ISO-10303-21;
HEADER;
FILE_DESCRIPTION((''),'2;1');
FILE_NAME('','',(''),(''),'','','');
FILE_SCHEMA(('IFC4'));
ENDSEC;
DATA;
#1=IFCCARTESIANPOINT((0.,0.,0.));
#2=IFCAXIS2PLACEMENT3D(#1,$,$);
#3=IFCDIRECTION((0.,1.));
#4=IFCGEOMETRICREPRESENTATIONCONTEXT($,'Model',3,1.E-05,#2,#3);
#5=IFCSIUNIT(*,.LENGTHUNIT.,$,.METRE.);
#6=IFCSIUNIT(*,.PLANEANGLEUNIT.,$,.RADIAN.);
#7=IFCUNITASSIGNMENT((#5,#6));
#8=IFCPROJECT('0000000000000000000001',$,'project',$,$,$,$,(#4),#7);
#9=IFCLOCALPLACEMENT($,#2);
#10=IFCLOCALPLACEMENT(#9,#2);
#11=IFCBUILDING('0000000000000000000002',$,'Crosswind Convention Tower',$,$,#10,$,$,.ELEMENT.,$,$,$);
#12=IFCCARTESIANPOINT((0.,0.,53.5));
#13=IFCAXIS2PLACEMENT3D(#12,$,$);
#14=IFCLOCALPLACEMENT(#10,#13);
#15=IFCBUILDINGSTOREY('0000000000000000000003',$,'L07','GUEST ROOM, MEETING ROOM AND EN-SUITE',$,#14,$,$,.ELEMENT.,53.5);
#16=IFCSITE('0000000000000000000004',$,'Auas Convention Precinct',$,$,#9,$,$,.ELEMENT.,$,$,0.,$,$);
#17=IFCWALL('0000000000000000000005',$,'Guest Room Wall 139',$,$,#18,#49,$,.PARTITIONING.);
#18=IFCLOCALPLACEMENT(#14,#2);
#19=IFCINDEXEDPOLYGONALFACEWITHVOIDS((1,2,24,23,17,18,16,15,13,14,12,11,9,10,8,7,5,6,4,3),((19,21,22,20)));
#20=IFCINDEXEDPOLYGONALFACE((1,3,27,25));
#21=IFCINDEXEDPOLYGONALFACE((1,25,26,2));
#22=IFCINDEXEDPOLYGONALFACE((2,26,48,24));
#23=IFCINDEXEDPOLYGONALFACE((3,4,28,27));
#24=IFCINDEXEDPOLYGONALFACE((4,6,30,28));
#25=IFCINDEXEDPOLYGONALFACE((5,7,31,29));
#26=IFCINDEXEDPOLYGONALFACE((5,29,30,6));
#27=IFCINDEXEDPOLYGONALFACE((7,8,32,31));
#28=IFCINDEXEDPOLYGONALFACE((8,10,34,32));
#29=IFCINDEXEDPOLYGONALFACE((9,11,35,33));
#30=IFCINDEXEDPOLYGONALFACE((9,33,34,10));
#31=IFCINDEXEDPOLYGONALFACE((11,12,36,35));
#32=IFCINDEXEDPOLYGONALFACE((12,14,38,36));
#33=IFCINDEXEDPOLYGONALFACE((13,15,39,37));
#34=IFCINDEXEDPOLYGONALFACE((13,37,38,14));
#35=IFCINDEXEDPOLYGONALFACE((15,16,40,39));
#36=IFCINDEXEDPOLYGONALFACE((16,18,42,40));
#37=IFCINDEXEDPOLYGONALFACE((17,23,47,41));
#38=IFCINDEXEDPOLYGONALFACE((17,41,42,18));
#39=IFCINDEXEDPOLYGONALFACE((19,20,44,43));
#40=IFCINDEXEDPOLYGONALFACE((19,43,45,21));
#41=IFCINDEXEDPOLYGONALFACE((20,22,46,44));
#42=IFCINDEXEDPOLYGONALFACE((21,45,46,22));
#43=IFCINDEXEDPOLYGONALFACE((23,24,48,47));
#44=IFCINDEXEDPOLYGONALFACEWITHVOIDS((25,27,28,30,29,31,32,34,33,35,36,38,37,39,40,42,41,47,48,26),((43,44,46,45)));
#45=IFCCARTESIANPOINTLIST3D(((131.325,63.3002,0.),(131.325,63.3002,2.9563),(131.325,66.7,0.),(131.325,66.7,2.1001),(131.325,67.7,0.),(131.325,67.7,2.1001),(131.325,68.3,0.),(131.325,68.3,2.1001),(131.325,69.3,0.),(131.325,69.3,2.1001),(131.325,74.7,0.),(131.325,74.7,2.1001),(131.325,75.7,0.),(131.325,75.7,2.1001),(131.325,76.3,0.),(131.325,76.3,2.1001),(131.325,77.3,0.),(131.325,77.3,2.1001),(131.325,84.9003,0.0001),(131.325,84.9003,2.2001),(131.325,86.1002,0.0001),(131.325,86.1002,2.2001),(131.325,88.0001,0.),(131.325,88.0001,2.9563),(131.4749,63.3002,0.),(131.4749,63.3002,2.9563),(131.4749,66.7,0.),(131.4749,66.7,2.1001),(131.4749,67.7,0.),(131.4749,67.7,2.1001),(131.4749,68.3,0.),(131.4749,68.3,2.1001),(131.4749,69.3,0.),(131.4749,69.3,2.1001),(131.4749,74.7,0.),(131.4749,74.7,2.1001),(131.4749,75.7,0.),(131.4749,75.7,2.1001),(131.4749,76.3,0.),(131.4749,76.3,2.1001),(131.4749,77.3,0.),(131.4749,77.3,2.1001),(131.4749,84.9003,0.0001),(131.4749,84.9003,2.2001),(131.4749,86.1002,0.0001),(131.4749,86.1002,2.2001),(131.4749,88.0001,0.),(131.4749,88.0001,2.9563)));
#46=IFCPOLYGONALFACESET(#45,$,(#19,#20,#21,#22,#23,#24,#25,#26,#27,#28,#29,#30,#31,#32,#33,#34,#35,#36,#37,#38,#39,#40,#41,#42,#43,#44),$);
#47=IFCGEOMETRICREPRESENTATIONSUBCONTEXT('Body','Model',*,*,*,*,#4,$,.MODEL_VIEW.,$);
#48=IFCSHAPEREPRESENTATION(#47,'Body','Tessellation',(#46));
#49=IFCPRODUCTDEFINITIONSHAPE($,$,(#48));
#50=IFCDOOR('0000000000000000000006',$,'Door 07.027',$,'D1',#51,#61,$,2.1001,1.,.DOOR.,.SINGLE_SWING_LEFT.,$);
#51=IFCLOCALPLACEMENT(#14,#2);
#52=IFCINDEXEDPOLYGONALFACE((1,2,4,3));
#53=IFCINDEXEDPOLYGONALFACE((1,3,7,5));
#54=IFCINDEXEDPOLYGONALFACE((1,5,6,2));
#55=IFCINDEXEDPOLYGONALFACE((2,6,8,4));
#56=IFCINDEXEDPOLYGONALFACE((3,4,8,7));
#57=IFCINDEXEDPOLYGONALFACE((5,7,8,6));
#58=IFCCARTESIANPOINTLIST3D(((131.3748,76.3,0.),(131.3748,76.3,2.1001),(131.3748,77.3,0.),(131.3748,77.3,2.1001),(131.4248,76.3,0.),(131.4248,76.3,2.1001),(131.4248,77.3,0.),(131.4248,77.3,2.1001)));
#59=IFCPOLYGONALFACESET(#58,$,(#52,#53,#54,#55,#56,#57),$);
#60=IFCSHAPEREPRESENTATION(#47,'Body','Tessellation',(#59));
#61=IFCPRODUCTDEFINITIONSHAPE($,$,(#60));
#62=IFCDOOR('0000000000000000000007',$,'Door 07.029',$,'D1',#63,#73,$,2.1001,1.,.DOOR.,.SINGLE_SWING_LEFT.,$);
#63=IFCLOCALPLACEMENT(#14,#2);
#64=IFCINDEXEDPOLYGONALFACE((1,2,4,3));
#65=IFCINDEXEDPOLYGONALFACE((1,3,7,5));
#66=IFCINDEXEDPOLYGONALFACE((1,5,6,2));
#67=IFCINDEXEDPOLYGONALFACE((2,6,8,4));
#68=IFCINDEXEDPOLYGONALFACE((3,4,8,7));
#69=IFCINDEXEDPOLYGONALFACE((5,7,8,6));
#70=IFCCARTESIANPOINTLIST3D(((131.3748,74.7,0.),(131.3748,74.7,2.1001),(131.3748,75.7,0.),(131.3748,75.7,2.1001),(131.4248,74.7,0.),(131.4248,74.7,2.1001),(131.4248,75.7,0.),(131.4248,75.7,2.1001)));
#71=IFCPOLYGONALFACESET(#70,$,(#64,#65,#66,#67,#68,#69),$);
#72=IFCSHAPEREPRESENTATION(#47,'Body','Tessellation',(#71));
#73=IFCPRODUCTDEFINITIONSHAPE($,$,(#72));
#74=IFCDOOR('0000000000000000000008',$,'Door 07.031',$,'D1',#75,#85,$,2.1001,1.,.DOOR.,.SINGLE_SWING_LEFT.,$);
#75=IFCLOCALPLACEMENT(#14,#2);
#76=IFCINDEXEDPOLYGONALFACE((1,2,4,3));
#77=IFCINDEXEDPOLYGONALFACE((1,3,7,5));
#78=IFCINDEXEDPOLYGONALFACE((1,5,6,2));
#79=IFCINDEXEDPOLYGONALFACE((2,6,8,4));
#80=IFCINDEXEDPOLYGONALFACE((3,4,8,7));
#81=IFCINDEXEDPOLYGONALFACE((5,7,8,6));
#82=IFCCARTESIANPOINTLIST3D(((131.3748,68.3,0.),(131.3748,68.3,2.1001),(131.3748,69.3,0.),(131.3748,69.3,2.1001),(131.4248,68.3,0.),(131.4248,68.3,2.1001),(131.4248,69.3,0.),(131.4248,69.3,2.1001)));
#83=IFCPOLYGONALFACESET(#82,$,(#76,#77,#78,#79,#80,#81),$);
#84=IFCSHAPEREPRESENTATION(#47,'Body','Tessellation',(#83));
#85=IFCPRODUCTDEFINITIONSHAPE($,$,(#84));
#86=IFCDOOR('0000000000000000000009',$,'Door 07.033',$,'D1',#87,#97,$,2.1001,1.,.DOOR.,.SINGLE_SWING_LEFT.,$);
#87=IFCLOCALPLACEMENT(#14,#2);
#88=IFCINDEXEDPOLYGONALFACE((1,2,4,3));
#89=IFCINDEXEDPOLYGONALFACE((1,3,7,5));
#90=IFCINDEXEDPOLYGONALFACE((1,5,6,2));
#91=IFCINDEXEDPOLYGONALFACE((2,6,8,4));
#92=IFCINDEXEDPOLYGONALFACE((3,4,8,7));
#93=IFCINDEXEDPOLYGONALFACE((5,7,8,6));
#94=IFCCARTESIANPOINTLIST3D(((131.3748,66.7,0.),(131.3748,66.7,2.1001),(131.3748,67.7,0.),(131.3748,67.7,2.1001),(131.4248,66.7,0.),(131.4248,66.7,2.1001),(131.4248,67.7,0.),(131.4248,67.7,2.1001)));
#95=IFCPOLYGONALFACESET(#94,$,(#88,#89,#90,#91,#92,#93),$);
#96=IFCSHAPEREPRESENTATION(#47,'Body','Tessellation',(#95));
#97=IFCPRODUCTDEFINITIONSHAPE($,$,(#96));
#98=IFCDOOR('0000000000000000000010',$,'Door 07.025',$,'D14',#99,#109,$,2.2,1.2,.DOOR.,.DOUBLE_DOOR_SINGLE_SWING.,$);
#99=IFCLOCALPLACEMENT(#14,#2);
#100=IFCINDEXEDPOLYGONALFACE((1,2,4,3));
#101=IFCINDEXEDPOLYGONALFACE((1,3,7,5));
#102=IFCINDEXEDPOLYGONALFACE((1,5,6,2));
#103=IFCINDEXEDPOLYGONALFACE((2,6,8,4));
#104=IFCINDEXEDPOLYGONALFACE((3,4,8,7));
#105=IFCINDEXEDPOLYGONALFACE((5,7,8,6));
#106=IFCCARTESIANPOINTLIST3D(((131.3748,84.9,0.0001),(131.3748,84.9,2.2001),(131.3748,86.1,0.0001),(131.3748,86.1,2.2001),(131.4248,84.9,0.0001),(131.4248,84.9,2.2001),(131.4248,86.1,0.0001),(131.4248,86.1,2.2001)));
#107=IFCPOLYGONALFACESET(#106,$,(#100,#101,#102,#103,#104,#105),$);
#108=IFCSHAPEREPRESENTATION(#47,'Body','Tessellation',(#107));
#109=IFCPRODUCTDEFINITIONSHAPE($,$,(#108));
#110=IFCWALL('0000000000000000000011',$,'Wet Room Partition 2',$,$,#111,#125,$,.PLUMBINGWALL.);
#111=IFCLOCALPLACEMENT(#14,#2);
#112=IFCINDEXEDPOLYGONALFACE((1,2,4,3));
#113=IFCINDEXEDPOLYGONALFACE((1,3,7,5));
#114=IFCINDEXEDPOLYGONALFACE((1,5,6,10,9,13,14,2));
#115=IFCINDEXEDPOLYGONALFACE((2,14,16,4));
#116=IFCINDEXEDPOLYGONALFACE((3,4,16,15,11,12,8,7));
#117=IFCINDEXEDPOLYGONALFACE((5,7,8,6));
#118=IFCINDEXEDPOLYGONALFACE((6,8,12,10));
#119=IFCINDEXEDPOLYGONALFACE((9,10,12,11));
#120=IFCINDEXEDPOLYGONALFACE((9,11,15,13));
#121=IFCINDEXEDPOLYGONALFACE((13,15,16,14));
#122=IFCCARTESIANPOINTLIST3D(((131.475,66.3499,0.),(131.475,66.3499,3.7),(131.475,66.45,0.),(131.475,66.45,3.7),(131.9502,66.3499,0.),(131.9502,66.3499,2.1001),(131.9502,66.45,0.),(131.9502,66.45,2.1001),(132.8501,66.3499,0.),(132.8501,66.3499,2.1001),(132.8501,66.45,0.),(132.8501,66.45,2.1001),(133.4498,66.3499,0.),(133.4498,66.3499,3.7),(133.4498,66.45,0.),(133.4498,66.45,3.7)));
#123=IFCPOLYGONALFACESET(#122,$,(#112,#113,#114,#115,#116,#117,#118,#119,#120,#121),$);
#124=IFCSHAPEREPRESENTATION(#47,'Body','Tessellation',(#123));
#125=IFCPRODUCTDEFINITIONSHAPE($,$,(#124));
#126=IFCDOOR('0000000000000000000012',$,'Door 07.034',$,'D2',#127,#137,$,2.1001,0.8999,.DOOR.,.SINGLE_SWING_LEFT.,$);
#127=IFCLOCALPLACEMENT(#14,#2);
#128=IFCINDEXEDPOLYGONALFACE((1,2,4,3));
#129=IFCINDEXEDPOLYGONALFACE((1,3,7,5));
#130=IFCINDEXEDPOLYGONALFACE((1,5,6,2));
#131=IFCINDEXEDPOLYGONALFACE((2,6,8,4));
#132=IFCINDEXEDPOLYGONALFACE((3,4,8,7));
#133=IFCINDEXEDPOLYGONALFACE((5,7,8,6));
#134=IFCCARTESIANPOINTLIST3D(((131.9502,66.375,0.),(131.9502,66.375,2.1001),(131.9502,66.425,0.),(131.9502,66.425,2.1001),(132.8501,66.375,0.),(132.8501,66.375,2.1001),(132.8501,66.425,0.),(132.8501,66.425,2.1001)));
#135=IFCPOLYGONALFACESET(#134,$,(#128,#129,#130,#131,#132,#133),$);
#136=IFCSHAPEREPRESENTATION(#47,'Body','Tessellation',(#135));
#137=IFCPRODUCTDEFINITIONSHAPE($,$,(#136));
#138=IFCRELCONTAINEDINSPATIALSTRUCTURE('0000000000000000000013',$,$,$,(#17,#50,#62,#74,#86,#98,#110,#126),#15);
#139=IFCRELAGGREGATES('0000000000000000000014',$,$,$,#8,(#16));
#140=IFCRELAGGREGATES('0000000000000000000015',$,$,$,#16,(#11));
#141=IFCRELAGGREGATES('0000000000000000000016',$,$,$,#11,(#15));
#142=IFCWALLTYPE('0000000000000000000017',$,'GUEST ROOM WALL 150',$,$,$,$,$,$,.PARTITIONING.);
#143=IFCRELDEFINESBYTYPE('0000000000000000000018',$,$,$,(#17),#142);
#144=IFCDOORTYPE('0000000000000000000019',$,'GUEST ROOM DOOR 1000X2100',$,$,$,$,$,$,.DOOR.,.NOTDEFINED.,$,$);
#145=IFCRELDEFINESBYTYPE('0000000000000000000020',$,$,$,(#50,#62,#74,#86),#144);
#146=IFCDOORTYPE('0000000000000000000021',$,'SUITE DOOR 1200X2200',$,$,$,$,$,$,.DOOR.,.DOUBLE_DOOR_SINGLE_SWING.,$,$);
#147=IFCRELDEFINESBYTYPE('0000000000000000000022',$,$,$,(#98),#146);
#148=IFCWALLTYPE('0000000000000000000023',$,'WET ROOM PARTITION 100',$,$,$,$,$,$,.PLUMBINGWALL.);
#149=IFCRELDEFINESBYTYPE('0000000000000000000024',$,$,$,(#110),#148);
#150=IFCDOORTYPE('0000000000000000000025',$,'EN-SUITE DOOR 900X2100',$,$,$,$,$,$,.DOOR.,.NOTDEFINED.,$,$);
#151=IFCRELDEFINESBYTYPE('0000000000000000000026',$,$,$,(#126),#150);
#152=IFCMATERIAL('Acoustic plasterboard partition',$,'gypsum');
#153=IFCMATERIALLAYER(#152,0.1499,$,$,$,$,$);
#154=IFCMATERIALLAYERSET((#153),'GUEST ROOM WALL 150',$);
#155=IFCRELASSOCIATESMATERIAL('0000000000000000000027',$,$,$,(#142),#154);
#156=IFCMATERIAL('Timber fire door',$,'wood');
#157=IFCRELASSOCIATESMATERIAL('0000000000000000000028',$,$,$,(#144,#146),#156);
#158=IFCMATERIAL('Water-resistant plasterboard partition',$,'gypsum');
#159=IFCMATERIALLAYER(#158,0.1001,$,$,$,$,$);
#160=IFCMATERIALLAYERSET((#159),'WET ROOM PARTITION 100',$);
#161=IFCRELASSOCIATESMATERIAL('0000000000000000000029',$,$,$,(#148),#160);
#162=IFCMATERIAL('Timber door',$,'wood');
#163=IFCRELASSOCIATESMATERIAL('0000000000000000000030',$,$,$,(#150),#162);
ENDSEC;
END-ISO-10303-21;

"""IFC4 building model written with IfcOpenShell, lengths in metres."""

from ifc_helpers import new_model, si_unit, direction, frame, frame_2d, origin, place, context, subcontext, project, spatial, rectangle, extrude, material, layer, layer_set, type_object, element, fill, save


model = new_model("IFC4")

# Units and contexts
model_context = context("Model", 3, precision=1e-05, world=origin(), true_north=direction((0.0, 1.0)))
body_context = subcontext(model_context, "Body", "Model", "MODEL_VIEW")
ifc_project = project(units=[si_unit("LENGTHUNIT", "METRE"), si_unit("PLANEANGLEUNIT", "RADIAN")], contexts=[model_context])

# Site, building, storey
site_placement = place(None, origin())
site = spatial("IfcSite", under=ifc_project, at=site_placement, Name="Auas Convention Precinct", CompositionType="ELEMENT", RefElevation=0.0)
building_placement = place(site_placement, origin())
building = spatial("IfcBuilding", under=site, at=building_placement, Name="Crosswind Convention Tower", CompositionType="ELEMENT")
storey_placement = place(building_placement, frame((0.0, 0.0, 53.5)))
storey = spatial("IfcBuildingStorey", under=building, at=storey_placement, Name="L07", Description="GUEST ROOM, MEETING ROOM AND EN-SUITE", CompositionType="ELEMENT", Elevation=53.5)

# Shared definitions
ifc_material_1 = material(Name="Acoustic plasterboard partition", Category="gypsum")
ifc_layer_1 = layer(ifc_material_1, 0.1499)
ifc_layer_set_1 = layer_set([ifc_layer_1], Name="GUEST ROOM WALL 150")
wall_type_1 = type_object("IfcWallType", Name="GUEST ROOM WALL 150", PredefinedType="PARTITIONING", material=ifc_layer_set_1)

# Wall, openings, doors
wall_1_placement = place(storey_placement, frame((131.3999, 63.3, 0.0), z_axis=(0.0, 0.0, 1.0), x_axis=(0.0, 1.0, 0.0)))
wall_1 = element("IfcWall", 1, at=wall_1_placement, inside=storey, type_object=wall_type_1, Name="Guest Room Wall 139", PredefinedType="PARTITIONING", context=body_context, shape_type="SweptSolid", body=[
    extrude(rectangle(XDim=24.7, YDim=0.1499, at=frame_2d((12.3501, 0.0))), origin(), (0.0, 0.0, 1.0), 2.9563),
])
opening_1_placement = place(wall_1_placement, frame((21.6001, 0.0, 0.0)))
opening_1 = element("IfcOpeningElement", 2, at=opening_1_placement, cuts=wall_1, PredefinedType="OPENING", context=body_context, shape_type="SweptSolid", body=[
    extrude(rectangle(XDim=1.2, YDim=2.2, at=frame_2d((0.6001, 1.1001))), frame((0.0, 0.085, 0.0), z_axis=(0.0, -1.0, 0.0), x_axis=(1.0, 0.0, 0.0)), (0.0, 0.0, 1.0), 0.1699),
])
opening_2_placement = place(wall_1_placement, frame((13.0, 0.0, 0.0)))
opening_2 = element("IfcOpeningElement", 3, at=opening_2_placement, cuts=wall_1, PredefinedType="OPENING", context=body_context, shape_type="SweptSolid", body=[
    extrude(rectangle(XDim=1.0, YDim=2.1001, at=frame_2d((0.5, 1.05))), frame((0.0, 0.085, 0.0), z_axis=(0.0, -1.0, 0.0), x_axis=(1.0, 0.0, 0.0)), (0.0, 0.0, 1.0), 0.1699),
])
opening_3_placement = place(wall_1_placement, frame((11.3999, 0.0, 0.0)))
opening_3 = element("IfcOpeningElement", 4, at=opening_3_placement, cuts=wall_1, PredefinedType="OPENING", context=body_context, shape_type="SweptSolid", body=[
    extrude(rectangle(XDim=1.0, YDim=2.1001, at=frame_2d((0.5, 1.05))), frame((0.0, 0.085, 0.0), z_axis=(0.0, -1.0, 0.0), x_axis=(1.0, 0.0, 0.0)), (0.0, 0.0, 1.0), 0.1699),
])
opening_4_placement = place(wall_1_placement, frame((5.0, 0.0, 0.0)))
opening_4 = element("IfcOpeningElement", 5, at=opening_4_placement, cuts=wall_1, PredefinedType="OPENING", context=body_context, shape_type="SweptSolid", body=[
    extrude(rectangle(XDim=1.0, YDim=2.1001, at=frame_2d((0.5, 1.05))), frame((0.0, 0.085, 0.0), z_axis=(0.0, -1.0, 0.0), x_axis=(1.0, 0.0, 0.0)), (0.0, 0.0, 1.0), 0.1699),
])
opening_5_placement = place(wall_1_placement, frame((3.3999, 0.0, 0.0)))
opening_5 = element("IfcOpeningElement", 6, at=opening_5_placement, cuts=wall_1, PredefinedType="OPENING", context=body_context, shape_type="SweptSolid", body=[
    extrude(rectangle(XDim=1.0, YDim=2.1001, at=frame_2d((0.5, 1.05))), frame((0.0, 0.085, 0.0), z_axis=(0.0, -1.0, 0.0), x_axis=(1.0, 0.0, 0.0)), (0.0, 0.0, 1.0), 0.1699),
])
ifc_material_2 = material(Name="Timber fire door", Category="wood")
door_type_1 = type_object("IfcDoorType", Name="GUEST ROOM DOOR 1000X2100", OperationType="NOTDEFINED", PredefinedType="DOOR", material=ifc_material_2)
door_1_placement = place(opening_2_placement, frame((1.0, 0.0, 0.0), z_axis=(0.0, 0.0, 1.0), x_axis=(-1.0, 0.0, 0.0)))
door_1 = element("IfcDoor", 7, at=door_1_placement, inside=storey, type_object=door_type_1, Name="Door 07.027", ObjectType="D1", OperationType="SINGLE_SWING_LEFT", OverallHeight=2.1001, OverallWidth=1.0, PredefinedType="DOOR", context=body_context, shape_type="SweptSolid", body=[
    extrude(rectangle(XDim=1.0, YDim=2.1001, at=frame_2d((0.5, 1.05))), frame((0.0, 0.0249, 0.0), z_axis=(0.0, -1.0, 0.0), x_axis=(1.0, 0.0, 0.0)), (0.0, 0.0, 1.0), 0.05),
])
fill(opening_2, door_1)
door_2_placement = place(opening_3_placement, frame((1.0, 0.0, 0.0), z_axis=(0.0, 0.0, 1.0), x_axis=(-1.0, 0.0, 0.0)))
door_2 = element("IfcDoor", 8, at=door_2_placement, inside=storey, type_object=door_type_1, Name="Door 07.029", ObjectType="D1", OperationType="SINGLE_SWING_LEFT", OverallHeight=2.1001, OverallWidth=1.0, PredefinedType="DOOR", context=body_context, shape_type="SweptSolid", body=[
    extrude(rectangle(XDim=1.0, YDim=2.1001, at=frame_2d((0.5, 1.05))), frame((0.0, 0.0249, 0.0), z_axis=(0.0, -1.0, 0.0), x_axis=(1.0, 0.0, 0.0)), (0.0, 0.0, 1.0), 0.05),
])
fill(opening_3, door_2)
door_3_placement = place(opening_4_placement, frame((1.0, 0.0, 0.0), z_axis=(0.0, 0.0, 1.0), x_axis=(-1.0, 0.0, 0.0)))
door_3 = element("IfcDoor", 9, at=door_3_placement, inside=storey, type_object=door_type_1, Name="Door 07.031", ObjectType="D1", OperationType="SINGLE_SWING_LEFT", OverallHeight=2.1001, OverallWidth=1.0, PredefinedType="DOOR", context=body_context, shape_type="SweptSolid", body=[
    extrude(rectangle(XDim=1.0, YDim=2.1001, at=frame_2d((0.5, 1.05))), frame((0.0, 0.0249, 0.0), z_axis=(0.0, -1.0, 0.0), x_axis=(1.0, 0.0, 0.0)), (0.0, 0.0, 1.0), 0.05),
])
fill(opening_4, door_3)
door_4_placement = place(opening_5_placement, frame((1.0, 0.0, 0.0), z_axis=(0.0, 0.0, 1.0), x_axis=(-1.0, 0.0, 0.0)))
door_4 = element("IfcDoor", 10, at=door_4_placement, inside=storey, type_object=door_type_1, Name="Door 07.033", ObjectType="D1", OperationType="SINGLE_SWING_LEFT", OverallHeight=2.1001, OverallWidth=1.0, PredefinedType="DOOR", context=body_context, shape_type="SweptSolid", body=[
    extrude(rectangle(XDim=1.0, YDim=2.1001, at=frame_2d((0.5, 1.05))), frame((0.0, 0.0249, 0.0), z_axis=(0.0, -1.0, 0.0), x_axis=(1.0, 0.0, 0.0)), (0.0, 0.0, 1.0), 0.05),
])
fill(opening_5, door_4)
door_type_2 = type_object("IfcDoorType", Name="SUITE DOOR 1200X2200", OperationType="DOUBLE_DOOR_SINGLE_SWING", PredefinedType="DOOR", material=ifc_material_2)
door_5_placement = place(opening_1_placement, frame((1.2, 0.0, 0.0), z_axis=(0.0, 0.0, 1.0), x_axis=(-1.0, 0.0, 0.0)))
door_5 = element("IfcDoor", 11, at=door_5_placement, inside=storey, type_object=door_type_2, Name="Door 07.025", ObjectType="D14", OperationType="DOUBLE_DOOR_SINGLE_SWING", OverallHeight=2.2, OverallWidth=1.2, PredefinedType="DOOR", context=body_context, shape_type="SweptSolid", body=[
    extrude(rectangle(XDim=1.2, YDim=2.2, at=frame_2d((0.6001, 1.1001))), frame((0.0, 0.0249, 0.0), z_axis=(0.0, -1.0, 0.0), x_axis=(1.0, 0.0, 0.0)), (0.0, 0.0, 1.0), 0.05),
])
fill(opening_1, door_5)

# Wall, opening, door
ifc_material_3 = material(Name="Water-resistant plasterboard partition", Category="gypsum")
ifc_layer_2 = layer(ifc_material_3, 0.1001)
ifc_layer_set_2 = layer_set([ifc_layer_2], Name="WET ROOM PARTITION 100")
wall_type_2 = type_object("IfcWallType", Name="WET ROOM PARTITION 100", PredefinedType="PLUMBINGWALL", material=ifc_layer_set_2)
wall_2_placement = place(storey_placement, frame((131.4751, 66.3999, 0.0), z_axis=(0.0, 0.0, 1.0), x_axis=(1.0, 0.0, 0.0)))
wall_2 = element("IfcWall", 12, at=wall_2_placement, inside=storey, type_object=wall_type_2, Name="Wet Room Partition 2", PredefinedType="PLUMBINGWALL", context=body_context, shape_type="SweptSolid", body=[
    extrude(rectangle(XDim=1.9749, YDim=0.1001, at=frame_2d((0.9873, 0.0))), origin(), (0.0, 0.0, 1.0), 3.7),
])
opening_6_placement = place(wall_2_placement, frame((0.4751, 0.0, 0.0)))
opening_6 = element("IfcOpeningElement", 13, at=opening_6_placement, cuts=wall_2, PredefinedType="OPENING", context=body_context, shape_type="SweptSolid", body=[
    extrude(rectangle(XDim=0.8999, YDim=2.1001, at=frame_2d((0.45, 1.05))), frame((0.0, 0.0601, 0.0), z_axis=(0.0, -1.0, 0.0), x_axis=(1.0, 0.0, 0.0)), (0.0, 0.0, 1.0), 0.1201),
])
ifc_material_4 = material(Name="Timber door", Category="wood")
door_type_3 = type_object("IfcDoorType", Name="EN-SUITE DOOR 900X2100", OperationType="NOTDEFINED", PredefinedType="DOOR", material=ifc_material_4)
door_6_placement = place(opening_6_placement, frame((0.8999, 0.0, 0.0), z_axis=(0.0, 0.0, 1.0), x_axis=(-1.0, 0.0, 0.0)))
door_6 = element("IfcDoor", 14, at=door_6_placement, inside=storey, type_object=door_type_3, Name="Door 07.034", ObjectType="D2", OperationType="SINGLE_SWING_LEFT", OverallHeight=2.1001, OverallWidth=0.8999, PredefinedType="DOOR", context=body_context, shape_type="SweptSolid", body=[
    extrude(rectangle(XDim=0.8999, YDim=2.1001, at=frame_2d((0.45, 1.05))), frame((0.0, 0.0249, 0.0), z_axis=(0.0, -1.0, 0.0), x_axis=(1.0, 0.0, 0.0)), (0.0, 0.0, 1.0), 0.05),
])
fill(opening_6, door_6)

save(model, "model.ifc")
